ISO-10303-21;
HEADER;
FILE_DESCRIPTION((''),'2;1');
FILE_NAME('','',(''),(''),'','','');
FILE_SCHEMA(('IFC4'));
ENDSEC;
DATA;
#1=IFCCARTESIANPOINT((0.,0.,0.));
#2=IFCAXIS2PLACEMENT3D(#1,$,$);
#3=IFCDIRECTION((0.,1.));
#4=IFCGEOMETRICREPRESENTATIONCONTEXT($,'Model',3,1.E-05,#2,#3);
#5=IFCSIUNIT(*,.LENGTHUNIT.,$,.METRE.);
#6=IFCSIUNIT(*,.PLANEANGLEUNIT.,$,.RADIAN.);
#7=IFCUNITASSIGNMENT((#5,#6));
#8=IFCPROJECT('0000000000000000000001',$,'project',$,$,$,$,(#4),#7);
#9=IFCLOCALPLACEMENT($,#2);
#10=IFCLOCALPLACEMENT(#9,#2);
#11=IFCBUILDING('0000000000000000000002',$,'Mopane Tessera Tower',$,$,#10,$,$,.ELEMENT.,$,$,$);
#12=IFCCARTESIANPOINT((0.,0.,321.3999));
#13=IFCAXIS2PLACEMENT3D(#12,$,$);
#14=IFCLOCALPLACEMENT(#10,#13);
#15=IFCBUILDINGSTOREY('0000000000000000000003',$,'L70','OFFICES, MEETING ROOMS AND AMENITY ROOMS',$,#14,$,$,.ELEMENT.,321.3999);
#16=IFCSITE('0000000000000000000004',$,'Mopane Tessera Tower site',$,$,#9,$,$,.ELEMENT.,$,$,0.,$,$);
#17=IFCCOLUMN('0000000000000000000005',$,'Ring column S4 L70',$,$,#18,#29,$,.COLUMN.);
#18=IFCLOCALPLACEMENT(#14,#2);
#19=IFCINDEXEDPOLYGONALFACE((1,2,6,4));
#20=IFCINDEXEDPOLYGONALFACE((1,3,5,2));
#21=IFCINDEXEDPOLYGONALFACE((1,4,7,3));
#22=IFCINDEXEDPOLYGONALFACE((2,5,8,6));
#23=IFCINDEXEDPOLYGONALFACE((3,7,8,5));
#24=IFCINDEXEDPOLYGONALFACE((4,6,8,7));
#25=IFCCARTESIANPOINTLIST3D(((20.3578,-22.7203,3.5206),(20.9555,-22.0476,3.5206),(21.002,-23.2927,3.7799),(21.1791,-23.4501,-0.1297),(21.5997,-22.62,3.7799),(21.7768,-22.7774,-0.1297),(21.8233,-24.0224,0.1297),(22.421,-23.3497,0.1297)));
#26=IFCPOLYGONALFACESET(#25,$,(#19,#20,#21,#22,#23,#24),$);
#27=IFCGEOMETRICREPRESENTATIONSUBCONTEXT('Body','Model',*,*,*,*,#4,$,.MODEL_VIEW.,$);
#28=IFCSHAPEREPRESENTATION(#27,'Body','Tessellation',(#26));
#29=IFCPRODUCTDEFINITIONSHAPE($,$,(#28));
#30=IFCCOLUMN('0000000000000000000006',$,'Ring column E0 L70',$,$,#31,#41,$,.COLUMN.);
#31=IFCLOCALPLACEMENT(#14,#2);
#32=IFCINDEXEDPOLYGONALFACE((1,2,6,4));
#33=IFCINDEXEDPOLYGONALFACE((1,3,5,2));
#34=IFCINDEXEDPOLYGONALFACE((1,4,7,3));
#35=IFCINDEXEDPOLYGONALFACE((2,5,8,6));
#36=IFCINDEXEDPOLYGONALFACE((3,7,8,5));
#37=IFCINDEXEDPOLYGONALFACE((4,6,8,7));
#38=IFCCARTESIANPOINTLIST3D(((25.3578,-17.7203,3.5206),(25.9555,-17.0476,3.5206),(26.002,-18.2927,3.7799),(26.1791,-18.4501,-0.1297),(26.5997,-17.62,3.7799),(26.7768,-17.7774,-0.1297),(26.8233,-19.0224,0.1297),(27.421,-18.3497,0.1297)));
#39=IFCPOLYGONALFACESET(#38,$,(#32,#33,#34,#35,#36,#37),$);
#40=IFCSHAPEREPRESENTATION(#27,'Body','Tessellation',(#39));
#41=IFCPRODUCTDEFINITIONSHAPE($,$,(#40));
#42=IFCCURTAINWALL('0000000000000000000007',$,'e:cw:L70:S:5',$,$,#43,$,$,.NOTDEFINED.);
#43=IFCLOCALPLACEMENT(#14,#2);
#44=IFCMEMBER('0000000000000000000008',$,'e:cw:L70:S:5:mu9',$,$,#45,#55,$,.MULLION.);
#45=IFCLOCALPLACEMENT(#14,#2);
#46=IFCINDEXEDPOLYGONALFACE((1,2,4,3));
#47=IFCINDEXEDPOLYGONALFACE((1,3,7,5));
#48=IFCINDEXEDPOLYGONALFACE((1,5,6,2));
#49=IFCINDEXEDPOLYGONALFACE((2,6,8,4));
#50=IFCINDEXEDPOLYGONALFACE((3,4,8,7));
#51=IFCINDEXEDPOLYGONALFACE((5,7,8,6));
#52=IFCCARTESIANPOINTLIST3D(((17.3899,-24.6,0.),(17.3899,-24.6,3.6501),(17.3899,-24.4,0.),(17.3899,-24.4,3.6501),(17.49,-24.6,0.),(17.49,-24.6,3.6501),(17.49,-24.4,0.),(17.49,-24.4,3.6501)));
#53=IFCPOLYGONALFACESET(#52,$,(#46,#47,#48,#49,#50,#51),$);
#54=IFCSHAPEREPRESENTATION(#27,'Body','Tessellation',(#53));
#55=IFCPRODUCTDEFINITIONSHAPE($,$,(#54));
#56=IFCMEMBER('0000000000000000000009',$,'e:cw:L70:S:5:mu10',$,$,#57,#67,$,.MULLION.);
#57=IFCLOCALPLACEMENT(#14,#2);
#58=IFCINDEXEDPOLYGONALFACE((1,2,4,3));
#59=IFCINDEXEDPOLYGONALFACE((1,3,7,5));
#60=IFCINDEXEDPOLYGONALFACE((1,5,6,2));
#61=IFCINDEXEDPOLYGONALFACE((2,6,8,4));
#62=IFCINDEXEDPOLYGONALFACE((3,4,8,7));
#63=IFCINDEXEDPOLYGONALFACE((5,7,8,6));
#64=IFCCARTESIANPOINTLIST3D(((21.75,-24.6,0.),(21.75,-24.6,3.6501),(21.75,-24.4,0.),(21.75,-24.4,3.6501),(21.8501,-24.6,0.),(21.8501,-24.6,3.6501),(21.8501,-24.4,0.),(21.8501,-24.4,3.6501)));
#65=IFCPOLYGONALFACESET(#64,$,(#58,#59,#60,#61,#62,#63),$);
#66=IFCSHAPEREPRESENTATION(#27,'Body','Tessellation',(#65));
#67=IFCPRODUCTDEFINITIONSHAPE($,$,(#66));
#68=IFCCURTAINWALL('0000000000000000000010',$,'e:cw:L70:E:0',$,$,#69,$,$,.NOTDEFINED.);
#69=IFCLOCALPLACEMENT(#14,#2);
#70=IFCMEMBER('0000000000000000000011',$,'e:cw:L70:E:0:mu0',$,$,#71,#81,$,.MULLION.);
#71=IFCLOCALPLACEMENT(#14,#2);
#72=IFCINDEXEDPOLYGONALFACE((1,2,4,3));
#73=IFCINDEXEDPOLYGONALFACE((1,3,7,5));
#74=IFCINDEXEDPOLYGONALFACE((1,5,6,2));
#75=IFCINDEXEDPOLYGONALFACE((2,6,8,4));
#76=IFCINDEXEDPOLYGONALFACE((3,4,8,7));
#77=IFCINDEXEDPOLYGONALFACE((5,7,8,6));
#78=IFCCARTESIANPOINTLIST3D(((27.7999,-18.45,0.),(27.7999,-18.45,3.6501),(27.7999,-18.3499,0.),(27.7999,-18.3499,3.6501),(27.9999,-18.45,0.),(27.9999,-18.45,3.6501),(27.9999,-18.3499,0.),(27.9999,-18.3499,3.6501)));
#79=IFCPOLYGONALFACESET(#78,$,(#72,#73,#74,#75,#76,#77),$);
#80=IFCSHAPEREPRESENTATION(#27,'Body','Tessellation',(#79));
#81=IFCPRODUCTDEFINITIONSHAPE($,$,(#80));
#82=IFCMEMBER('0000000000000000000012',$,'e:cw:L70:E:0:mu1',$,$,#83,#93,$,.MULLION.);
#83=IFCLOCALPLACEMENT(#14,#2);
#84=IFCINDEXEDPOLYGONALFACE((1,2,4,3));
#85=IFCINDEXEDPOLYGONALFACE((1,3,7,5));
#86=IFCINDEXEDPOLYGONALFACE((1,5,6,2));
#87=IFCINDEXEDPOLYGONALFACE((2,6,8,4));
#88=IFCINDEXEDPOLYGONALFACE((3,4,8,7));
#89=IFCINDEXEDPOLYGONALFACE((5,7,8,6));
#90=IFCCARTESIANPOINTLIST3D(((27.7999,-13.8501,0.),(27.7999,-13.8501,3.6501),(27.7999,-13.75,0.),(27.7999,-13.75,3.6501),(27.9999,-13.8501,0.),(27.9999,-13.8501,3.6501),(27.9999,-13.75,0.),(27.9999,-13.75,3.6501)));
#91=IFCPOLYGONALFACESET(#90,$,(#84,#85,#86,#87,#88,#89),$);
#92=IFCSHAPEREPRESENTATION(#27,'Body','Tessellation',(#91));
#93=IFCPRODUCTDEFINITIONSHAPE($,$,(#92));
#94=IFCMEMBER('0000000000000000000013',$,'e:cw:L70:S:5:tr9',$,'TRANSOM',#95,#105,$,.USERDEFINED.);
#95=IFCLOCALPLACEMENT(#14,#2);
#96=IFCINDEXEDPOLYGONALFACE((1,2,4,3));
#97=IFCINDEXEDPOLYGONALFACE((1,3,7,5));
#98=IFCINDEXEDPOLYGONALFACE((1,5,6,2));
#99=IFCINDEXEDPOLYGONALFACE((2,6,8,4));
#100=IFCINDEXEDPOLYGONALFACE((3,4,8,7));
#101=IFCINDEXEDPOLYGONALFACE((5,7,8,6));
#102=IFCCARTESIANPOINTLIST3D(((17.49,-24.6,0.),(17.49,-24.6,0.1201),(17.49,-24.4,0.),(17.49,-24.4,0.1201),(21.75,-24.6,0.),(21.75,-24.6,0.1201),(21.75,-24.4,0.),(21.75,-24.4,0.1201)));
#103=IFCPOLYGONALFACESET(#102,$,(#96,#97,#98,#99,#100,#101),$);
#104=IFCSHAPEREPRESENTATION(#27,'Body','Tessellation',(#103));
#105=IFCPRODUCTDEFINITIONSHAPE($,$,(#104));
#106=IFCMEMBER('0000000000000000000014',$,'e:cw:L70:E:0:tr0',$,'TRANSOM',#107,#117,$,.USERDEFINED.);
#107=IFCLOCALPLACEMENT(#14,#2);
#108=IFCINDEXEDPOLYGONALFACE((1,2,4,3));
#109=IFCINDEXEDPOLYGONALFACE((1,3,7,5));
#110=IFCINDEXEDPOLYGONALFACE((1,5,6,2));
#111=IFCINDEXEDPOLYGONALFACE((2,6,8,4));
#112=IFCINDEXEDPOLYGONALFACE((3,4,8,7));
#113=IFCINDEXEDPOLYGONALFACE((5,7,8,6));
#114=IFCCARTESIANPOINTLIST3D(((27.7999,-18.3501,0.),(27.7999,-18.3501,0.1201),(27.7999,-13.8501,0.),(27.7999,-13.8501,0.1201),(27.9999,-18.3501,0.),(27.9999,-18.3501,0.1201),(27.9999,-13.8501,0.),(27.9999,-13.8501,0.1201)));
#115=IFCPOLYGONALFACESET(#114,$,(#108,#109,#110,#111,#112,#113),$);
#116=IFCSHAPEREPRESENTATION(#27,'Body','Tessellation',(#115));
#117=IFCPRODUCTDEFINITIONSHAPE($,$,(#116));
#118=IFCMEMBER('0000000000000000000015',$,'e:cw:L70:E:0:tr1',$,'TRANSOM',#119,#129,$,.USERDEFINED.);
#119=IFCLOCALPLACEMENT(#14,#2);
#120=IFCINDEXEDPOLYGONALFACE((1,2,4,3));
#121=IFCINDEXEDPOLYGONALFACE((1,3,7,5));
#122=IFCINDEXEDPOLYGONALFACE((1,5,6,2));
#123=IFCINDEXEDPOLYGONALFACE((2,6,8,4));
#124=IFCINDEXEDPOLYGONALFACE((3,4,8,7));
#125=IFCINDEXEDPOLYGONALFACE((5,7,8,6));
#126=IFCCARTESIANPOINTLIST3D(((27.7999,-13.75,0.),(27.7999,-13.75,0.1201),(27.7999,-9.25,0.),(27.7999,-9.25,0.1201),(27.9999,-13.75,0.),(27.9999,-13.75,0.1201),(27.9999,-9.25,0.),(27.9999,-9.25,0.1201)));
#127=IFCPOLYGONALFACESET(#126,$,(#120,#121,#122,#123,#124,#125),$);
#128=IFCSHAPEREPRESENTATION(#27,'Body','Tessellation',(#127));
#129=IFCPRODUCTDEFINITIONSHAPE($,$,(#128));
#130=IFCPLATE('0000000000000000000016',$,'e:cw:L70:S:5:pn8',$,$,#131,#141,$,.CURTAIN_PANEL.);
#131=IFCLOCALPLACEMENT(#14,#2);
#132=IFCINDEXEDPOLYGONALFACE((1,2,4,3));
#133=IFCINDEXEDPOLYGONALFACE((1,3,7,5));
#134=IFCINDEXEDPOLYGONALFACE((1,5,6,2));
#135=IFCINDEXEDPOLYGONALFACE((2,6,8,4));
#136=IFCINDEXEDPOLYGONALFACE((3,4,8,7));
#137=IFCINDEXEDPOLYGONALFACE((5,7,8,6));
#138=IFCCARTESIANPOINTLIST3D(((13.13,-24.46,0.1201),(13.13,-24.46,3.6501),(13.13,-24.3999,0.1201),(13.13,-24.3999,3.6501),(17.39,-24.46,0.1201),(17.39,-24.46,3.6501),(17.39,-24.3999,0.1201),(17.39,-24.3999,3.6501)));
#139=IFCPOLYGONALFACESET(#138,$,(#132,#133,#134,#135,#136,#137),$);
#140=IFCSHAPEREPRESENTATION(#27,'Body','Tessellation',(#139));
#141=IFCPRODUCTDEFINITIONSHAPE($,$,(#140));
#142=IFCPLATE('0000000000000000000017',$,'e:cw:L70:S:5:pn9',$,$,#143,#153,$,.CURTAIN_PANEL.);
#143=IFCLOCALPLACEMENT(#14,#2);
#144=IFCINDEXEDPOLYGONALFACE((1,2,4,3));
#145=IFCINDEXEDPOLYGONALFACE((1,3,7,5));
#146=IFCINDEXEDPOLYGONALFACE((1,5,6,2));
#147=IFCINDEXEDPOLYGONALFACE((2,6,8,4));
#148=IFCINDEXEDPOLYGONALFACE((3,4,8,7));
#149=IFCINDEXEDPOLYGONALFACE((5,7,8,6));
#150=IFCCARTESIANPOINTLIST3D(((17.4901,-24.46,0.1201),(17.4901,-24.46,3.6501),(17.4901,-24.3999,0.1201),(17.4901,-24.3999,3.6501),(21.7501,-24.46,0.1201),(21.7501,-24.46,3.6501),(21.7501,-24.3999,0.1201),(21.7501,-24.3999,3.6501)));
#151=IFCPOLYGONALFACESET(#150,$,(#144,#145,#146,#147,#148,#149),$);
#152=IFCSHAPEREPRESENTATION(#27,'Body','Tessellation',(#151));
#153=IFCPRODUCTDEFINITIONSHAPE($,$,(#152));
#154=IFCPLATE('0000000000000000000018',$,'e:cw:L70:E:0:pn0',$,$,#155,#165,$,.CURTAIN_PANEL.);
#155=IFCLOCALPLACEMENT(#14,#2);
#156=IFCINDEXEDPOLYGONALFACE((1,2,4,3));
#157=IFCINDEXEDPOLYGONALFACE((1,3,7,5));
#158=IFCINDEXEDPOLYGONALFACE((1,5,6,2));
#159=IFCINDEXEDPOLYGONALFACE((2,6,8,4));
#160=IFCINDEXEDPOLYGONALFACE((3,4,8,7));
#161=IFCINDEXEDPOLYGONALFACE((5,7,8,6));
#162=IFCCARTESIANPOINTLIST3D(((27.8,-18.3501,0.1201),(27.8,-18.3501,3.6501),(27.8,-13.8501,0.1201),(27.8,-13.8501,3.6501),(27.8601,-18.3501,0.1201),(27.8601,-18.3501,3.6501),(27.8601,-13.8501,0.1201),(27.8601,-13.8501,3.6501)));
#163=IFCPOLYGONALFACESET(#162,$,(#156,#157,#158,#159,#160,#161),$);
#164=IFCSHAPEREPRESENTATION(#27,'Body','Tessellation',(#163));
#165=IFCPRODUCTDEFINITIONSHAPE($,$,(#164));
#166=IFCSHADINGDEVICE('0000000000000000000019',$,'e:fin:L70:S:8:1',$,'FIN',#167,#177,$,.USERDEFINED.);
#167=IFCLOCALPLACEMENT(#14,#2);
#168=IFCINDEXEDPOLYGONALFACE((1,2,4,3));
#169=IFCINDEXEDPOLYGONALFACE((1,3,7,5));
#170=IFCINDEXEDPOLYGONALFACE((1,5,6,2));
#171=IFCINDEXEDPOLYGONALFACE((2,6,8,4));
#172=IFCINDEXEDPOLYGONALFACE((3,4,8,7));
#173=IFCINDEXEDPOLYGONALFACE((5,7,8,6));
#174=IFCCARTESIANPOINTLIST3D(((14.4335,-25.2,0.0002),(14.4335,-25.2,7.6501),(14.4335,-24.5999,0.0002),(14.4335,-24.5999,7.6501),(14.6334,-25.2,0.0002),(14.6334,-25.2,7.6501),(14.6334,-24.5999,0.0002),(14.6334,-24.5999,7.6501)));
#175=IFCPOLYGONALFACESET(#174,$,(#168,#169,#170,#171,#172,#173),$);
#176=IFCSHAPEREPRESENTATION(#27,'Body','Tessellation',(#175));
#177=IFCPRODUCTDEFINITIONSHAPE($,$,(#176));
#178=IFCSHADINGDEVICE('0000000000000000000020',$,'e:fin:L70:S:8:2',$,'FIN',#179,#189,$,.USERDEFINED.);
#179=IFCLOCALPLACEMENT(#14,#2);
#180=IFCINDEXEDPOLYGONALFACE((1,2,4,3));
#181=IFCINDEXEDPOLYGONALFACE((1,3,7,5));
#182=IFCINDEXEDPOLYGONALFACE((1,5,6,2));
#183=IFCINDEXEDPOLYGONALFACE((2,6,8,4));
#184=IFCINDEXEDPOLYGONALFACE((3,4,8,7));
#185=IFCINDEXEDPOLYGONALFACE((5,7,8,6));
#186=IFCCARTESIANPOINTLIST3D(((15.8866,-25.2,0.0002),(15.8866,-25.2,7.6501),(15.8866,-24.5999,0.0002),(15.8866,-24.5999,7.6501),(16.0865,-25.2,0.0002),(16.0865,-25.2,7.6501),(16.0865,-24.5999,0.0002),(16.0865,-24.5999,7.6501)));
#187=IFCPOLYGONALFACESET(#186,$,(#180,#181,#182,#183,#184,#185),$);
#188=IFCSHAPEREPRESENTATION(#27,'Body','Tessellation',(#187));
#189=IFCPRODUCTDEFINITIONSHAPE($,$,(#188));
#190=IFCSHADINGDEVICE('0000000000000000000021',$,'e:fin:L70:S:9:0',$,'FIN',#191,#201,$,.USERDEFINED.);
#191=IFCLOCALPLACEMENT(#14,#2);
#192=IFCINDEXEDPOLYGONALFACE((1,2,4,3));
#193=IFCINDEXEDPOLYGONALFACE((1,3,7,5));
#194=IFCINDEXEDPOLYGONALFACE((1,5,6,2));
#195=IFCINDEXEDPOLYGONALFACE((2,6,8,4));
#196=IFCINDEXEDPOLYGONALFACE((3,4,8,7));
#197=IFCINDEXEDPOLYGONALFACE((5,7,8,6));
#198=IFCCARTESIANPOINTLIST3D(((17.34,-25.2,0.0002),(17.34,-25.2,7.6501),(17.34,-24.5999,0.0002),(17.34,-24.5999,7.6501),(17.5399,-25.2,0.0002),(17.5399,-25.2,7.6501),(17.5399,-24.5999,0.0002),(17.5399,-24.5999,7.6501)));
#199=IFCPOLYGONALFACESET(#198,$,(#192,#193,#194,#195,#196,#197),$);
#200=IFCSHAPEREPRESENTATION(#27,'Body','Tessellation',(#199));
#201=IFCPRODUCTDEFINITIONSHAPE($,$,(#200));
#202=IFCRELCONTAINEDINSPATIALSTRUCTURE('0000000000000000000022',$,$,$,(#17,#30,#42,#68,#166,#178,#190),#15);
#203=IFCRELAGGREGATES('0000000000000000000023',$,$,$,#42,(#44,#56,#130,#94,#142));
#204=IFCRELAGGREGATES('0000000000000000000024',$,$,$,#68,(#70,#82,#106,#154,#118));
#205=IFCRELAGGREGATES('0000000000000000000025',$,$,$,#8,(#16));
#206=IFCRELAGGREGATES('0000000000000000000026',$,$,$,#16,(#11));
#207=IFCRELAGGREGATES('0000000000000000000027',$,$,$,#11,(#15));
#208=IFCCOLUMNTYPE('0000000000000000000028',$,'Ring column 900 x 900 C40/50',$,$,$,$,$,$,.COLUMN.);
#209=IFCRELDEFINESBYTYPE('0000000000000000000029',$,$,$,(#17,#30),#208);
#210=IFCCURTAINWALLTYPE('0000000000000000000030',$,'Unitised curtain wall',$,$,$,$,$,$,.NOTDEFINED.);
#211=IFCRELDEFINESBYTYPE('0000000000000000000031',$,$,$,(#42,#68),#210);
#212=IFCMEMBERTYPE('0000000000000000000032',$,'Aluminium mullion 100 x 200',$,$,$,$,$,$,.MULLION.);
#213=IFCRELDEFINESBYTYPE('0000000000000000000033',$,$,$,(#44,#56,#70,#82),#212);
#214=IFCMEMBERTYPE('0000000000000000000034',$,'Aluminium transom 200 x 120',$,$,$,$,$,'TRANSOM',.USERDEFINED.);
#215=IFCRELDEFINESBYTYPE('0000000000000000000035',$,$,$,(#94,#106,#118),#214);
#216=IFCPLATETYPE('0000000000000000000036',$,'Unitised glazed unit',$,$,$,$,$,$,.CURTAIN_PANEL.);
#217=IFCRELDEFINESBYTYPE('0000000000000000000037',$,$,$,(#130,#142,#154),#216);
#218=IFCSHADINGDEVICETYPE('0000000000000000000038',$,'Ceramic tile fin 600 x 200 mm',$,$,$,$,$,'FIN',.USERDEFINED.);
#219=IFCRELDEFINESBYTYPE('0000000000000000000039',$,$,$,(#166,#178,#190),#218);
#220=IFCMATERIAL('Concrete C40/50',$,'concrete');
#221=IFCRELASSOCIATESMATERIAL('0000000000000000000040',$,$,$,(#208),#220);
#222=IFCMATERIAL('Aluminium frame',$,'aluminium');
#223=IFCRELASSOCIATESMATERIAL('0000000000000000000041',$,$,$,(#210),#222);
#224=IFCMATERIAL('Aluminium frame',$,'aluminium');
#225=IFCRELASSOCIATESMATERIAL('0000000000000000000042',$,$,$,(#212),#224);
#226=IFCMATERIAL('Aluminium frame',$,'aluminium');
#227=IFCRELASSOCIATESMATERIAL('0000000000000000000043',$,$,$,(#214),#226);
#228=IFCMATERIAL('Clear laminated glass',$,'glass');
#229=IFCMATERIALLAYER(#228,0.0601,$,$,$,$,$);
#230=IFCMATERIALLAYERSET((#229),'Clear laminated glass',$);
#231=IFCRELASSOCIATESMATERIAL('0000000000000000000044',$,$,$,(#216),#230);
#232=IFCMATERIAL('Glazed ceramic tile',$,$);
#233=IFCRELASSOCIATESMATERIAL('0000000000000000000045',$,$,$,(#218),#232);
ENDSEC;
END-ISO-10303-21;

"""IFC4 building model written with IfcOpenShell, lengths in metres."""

from ifc_helpers import new_model, si_unit, direction, frame, origin, origin_2d, place, context, subcontext, project, spatial, rectangle, extrude, material, layer, layer_set, material_profile, profile_set, type_object, element, aggregate, save


model = new_model("IFC4")

# Units and contexts
model_context = context("Model", 3, precision=1e-05, world=origin(), true_north=direction((0.0, 1.0)))
body_context = subcontext(model_context, "Body", "Model", "MODEL_VIEW")
ifc_project = project(units=[si_unit("LENGTHUNIT", "METRE"), si_unit("PLANEANGLEUNIT", "RADIAN")], contexts=[model_context])

# Site, building, storey
site_placement = place(None, origin())
site = spatial("IfcSite", under=ifc_project, at=site_placement, Name="Mopane Tessera Tower site", CompositionType="ELEMENT", RefElevation=0.0)
building_placement = place(site_placement, origin())
building = spatial("IfcBuilding", under=site, at=building_placement, Name="Mopane Tessera Tower", CompositionType="ELEMENT")
storey_placement = place(building_placement, frame((0.0, 0.0, 321.3999)))
storey = spatial("IfcBuildingStorey", under=building, at=storey_placement, Name="L70", Description="OFFICES, MEETING ROOMS AND AMENITY ROOMS", CompositionType="ELEMENT", Elevation=321.3999)

# Columns
ifc_material_1 = material(Name="Concrete C40/50", Category="concrete")
ifc_material_profile_1 = material_profile(ifc_material_1, rectangle(XDim=0.8999, YDim=0.8999, at=origin_2d()))
ifc_profile_set_1 = profile_set([ifc_material_profile_1], Name="Concrete C40/50")
column_type = type_object("IfcColumnType", Name="Ring column 900 x 900 C40/50", PredefinedType="COLUMN", material=ifc_profile_set_1)
for number, where, z_axis, x_axis, name in (
    (1, (21.8, -23.3999, 0.0), (-0.215454, 0.191436, 0.957566), (-0.664212, -0.747544, 0.0), "Ring column S4 L70"),
    (2, (26.8, -18.3999, 0.0), (-0.215454, 0.191436, 0.957566), (-0.664212, -0.747544, 0.0), "Ring column E0 L70"),
):
    element("IfcColumn", number, at=place(storey_placement, frame(where, z_axis=z_axis, x_axis=x_axis)), inside=storey, type_object=column_type, Name=name, PredefinedType="COLUMN", context=body_context, shape_type="SweptSolid", body=[
        extrude(rectangle(XDim=0.8999, YDim=0.8999, at=origin_2d()), origin(), (0.0, 0.0, 1.0), 3.812),
    ])

# Curtain walls, members
ifc_material_2 = material(Name="Aluminium frame", Category="aluminium")
curtain_wall_type = type_object("IfcCurtainWallType", Name="Unitised curtain wall", PredefinedType="NOTDEFINED", material=ifc_material_2)
curtain_wall_1_placement = place(storey_placement, origin())
curtain_wall_1 = element("IfcCurtainWall", 3, at=curtain_wall_1_placement, inside=storey, type_object=curtain_wall_type, Name="e:cw:L70:S:5", PredefinedType="NOTDEFINED")
ifc_material_3 = material(Name="Aluminium frame", Category="aluminium")
ifc_material_profile_2 = material_profile(ifc_material_3, rectangle(XDim=0.1001, YDim=0.2, at=origin_2d()))
ifc_profile_set_2 = profile_set([ifc_material_profile_2], Name="Aluminium frame")
member_type_1 = type_object("IfcMemberType", Name="Aluminium mullion 100 x 200", PredefinedType="MULLION", material=ifc_profile_set_2)
member_1_placement = place(storey_placement, frame((17.4399, -24.5, 0.0), z_axis=(0.0, 0.0, 1.0), x_axis=(1.0, 0.0, 0.0)))
member_1 = element("IfcMember", 4, at=member_1_placement, type_object=member_type_1, Name="e:cw:L70:S:5:mu9", PredefinedType="MULLION", context=body_context, shape_type="SweptSolid", body=[
    extrude(rectangle(XDim=0.1001, YDim=0.2, at=origin_2d()), origin(), (0.0, 0.0, 1.0), 3.6501),
])
member_2_placement = place(storey_placement, frame((21.8, -24.5, 0.0), z_axis=(0.0, 0.0, 1.0), x_axis=(1.0, 0.0, 0.0)))
member_2 = element("IfcMember", 5, at=member_2_placement, type_object=member_type_1, Name="e:cw:L70:S:5:mu10", PredefinedType="MULLION", context=body_context, shape_type="SweptSolid", body=[
    extrude(rectangle(XDim=0.1001, YDim=0.2, at=origin_2d()), origin(), (0.0, 0.0, 1.0), 3.6501),
])
curtain_wall_2_placement = place(storey_placement, origin())
curtain_wall_2 = element("IfcCurtainWall", 6, at=curtain_wall_2_placement, inside=storey, type_object=curtain_wall_type, Name="e:cw:L70:E:0", PredefinedType="NOTDEFINED")
member_3_placement = place(storey_placement, frame((27.8999, -18.3999, 0.0), z_axis=(0.0, 0.0, 1.0), x_axis=(0.0, 1.0, 0.0)))
member_3 = element("IfcMember", 7, at=member_3_placement, type_object=member_type_1, Name="e:cw:L70:E:0:mu0", PredefinedType="MULLION", context=body_context, shape_type="SweptSolid", body=[
    extrude(rectangle(XDim=0.1001, YDim=0.2, at=origin_2d()), origin(), (0.0, 0.0, 1.0), 3.6501),
])
member_4_placement = place(storey_placement, frame((27.8999, -13.8, 0.0), z_axis=(0.0, 0.0, 1.0), x_axis=(0.0, 1.0, 0.0)))
member_4 = element("IfcMember", 8, at=member_4_placement, type_object=member_type_1, Name="e:cw:L70:E:0:mu1", PredefinedType="MULLION", context=body_context, shape_type="SweptSolid", body=[
    extrude(rectangle(XDim=0.1001, YDim=0.2, at=origin_2d()), origin(), (0.0, 0.0, 1.0), 3.6501),
])

# Members
ifc_material_4 = material(Name="Aluminium frame", Category="aluminium")
ifc_material_profile_3 = material_profile(ifc_material_4, rectangle(XDim=0.2, YDim=0.1201, at=origin_2d()))
ifc_profile_set_3 = profile_set([ifc_material_profile_3], Name="Aluminium frame")
member_type_2 = type_object("IfcMemberType", Name="Aluminium transom 200 x 120", ElementType="TRANSOM", PredefinedType="USERDEFINED", material=ifc_profile_set_3)
member_5_placement = place(storey_placement, frame((17.49, -24.5, 0.0601), z_axis=(1.0, 0.0, 0.0), x_axis=(0.0, 1.0, 0.0)))
member_5 = element("IfcMember", 9, at=member_5_placement, type_object=member_type_2, Name="e:cw:L70:S:5:tr9", ObjectType="TRANSOM", PredefinedType="USERDEFINED", context=body_context, shape_type="SweptSolid", body=[
    extrude(rectangle(XDim=0.2, YDim=0.1201, at=origin_2d()), origin(), (0.0, 0.0, 1.0), 4.26),
])
member_6_placement = place(storey_placement, frame((27.8999, -18.3501, 0.0601), z_axis=(0.0, 1.0, 0.0), x_axis=(-1.0, 0.0, 0.0)))
member_6 = element("IfcMember", 10, at=member_6_placement, type_object=member_type_2, Name="e:cw:L70:E:0:tr0", ObjectType="TRANSOM", PredefinedType="USERDEFINED", context=body_context, shape_type="SweptSolid", body=[
    extrude(rectangle(XDim=0.2, YDim=0.1201, at=origin_2d()), origin(), (0.0, 0.0, 1.0), 4.5),
])
member_7_placement = place(storey_placement, frame((27.8999, -13.75, 0.0601), z_axis=(0.0, 1.0, 0.0), x_axis=(-1.0, 0.0, 0.0)))
member_7 = element("IfcMember", 11, at=member_7_placement, type_object=member_type_2, Name="e:cw:L70:E:0:tr1", ObjectType="TRANSOM", PredefinedType="USERDEFINED", context=body_context, shape_type="SweptSolid", body=[
    extrude(rectangle(XDim=0.2, YDim=0.1201, at=origin_2d()), origin(), (0.0, 0.0, 1.0), 4.5),
])

# Plates
ifc_material_5 = material(Name="Clear laminated glass", Category="glass")
ifc_layer = layer(ifc_material_5, 0.0601)
ifc_layer_set = layer_set([ifc_layer], Name="Clear laminated glass")
plate_type = type_object("IfcPlateType", Name="Unitised glazed unit", PredefinedType="CURTAIN_PANEL", material=ifc_layer_set)
plate_1_placement = place(storey_placement, frame((15.26, -24.4299, 0.1201), z_axis=(0.0, 0.0, 1.0), x_axis=(1.0, 0.0, 0.0)))
plate_1 = element("IfcPlate", 12, at=plate_1_placement, type_object=plate_type, Name="e:cw:L70:S:5:pn8", PredefinedType="CURTAIN_PANEL", context=body_context, shape_type="SweptSolid", body=[
    extrude(rectangle(XDim=4.26, YDim=0.0601, at=origin_2d()), origin(), (0.0, 0.0, 1.0), 3.53),
])
plate_2_placement = place(storey_placement, frame((19.6201, -24.4299, 0.1201), z_axis=(0.0, 0.0, 1.0), x_axis=(1.0, 0.0, 0.0)))
plate_2 = element("IfcPlate", 13, at=plate_2_placement, type_object=plate_type, Name="e:cw:L70:S:5:pn9", PredefinedType="CURTAIN_PANEL", context=body_context, shape_type="SweptSolid", body=[
    extrude(rectangle(XDim=4.26, YDim=0.0601, at=origin_2d()), origin(), (0.0, 0.0, 1.0), 3.53),
])
aggregate(curtain_wall_1, [member_1, member_2, plate_1, member_5, plate_2])
plate_3_placement = place(storey_placement, frame((27.8301, -16.1001, 0.1201), z_axis=(0.0, 0.0, 1.0), x_axis=(0.0, 1.0, 0.0)))
plate_3 = element("IfcPlate", 14, at=plate_3_placement, type_object=plate_type, Name="e:cw:L70:E:0:pn0", PredefinedType="CURTAIN_PANEL", context=body_context, shape_type="SweptSolid", body=[
    extrude(rectangle(XDim=4.5, YDim=0.0601, at=origin_2d()), origin(), (0.0, 0.0, 1.0), 3.53),
])
aggregate(curtain_wall_2, [member_3, member_4, member_6, plate_3, member_7])

# Shading devices
ifc_material_6 = material(Name="Glazed ceramic tile")
shading_device_type = type_object("IfcShadingDeviceType", Name="Ceramic tile fin 600 x 200 mm", ElementType="FIN", PredefinedType="USERDEFINED", material=ifc_material_6)
for number, where, z_axis, x_axis, name in (
    (15, (14.5334, -24.8999, 0.0002), (0.0, 0.0, 1.0), (1.0, 0.0, 0.0), "e:fin:L70:S:8:1"),
    (16, (15.9866, -24.8999, 0.0002), (0.0, 0.0, 1.0), (1.0, 0.0, 0.0), "e:fin:L70:S:8:2"),
    (17, (17.4399, -24.8999, 0.0002), (0.0, 0.0, 1.0), (1.0, 0.0, 0.0), "e:fin:L70:S:9:0"),
):
    element("IfcShadingDevice", number, at=place(storey_placement, frame(where, z_axis=z_axis, x_axis=x_axis)), inside=storey, type_object=shading_device_type, Name=name, ObjectType="FIN", PredefinedType="USERDEFINED", context=body_context, shape_type="SweptSolid", body=[
        extrude(rectangle(XDim=0.2, YDim=0.6001, at=origin_2d()), origin(), (0.0, 0.0, 1.0), 7.6499),
    ])

save(model, "model.ifc")
